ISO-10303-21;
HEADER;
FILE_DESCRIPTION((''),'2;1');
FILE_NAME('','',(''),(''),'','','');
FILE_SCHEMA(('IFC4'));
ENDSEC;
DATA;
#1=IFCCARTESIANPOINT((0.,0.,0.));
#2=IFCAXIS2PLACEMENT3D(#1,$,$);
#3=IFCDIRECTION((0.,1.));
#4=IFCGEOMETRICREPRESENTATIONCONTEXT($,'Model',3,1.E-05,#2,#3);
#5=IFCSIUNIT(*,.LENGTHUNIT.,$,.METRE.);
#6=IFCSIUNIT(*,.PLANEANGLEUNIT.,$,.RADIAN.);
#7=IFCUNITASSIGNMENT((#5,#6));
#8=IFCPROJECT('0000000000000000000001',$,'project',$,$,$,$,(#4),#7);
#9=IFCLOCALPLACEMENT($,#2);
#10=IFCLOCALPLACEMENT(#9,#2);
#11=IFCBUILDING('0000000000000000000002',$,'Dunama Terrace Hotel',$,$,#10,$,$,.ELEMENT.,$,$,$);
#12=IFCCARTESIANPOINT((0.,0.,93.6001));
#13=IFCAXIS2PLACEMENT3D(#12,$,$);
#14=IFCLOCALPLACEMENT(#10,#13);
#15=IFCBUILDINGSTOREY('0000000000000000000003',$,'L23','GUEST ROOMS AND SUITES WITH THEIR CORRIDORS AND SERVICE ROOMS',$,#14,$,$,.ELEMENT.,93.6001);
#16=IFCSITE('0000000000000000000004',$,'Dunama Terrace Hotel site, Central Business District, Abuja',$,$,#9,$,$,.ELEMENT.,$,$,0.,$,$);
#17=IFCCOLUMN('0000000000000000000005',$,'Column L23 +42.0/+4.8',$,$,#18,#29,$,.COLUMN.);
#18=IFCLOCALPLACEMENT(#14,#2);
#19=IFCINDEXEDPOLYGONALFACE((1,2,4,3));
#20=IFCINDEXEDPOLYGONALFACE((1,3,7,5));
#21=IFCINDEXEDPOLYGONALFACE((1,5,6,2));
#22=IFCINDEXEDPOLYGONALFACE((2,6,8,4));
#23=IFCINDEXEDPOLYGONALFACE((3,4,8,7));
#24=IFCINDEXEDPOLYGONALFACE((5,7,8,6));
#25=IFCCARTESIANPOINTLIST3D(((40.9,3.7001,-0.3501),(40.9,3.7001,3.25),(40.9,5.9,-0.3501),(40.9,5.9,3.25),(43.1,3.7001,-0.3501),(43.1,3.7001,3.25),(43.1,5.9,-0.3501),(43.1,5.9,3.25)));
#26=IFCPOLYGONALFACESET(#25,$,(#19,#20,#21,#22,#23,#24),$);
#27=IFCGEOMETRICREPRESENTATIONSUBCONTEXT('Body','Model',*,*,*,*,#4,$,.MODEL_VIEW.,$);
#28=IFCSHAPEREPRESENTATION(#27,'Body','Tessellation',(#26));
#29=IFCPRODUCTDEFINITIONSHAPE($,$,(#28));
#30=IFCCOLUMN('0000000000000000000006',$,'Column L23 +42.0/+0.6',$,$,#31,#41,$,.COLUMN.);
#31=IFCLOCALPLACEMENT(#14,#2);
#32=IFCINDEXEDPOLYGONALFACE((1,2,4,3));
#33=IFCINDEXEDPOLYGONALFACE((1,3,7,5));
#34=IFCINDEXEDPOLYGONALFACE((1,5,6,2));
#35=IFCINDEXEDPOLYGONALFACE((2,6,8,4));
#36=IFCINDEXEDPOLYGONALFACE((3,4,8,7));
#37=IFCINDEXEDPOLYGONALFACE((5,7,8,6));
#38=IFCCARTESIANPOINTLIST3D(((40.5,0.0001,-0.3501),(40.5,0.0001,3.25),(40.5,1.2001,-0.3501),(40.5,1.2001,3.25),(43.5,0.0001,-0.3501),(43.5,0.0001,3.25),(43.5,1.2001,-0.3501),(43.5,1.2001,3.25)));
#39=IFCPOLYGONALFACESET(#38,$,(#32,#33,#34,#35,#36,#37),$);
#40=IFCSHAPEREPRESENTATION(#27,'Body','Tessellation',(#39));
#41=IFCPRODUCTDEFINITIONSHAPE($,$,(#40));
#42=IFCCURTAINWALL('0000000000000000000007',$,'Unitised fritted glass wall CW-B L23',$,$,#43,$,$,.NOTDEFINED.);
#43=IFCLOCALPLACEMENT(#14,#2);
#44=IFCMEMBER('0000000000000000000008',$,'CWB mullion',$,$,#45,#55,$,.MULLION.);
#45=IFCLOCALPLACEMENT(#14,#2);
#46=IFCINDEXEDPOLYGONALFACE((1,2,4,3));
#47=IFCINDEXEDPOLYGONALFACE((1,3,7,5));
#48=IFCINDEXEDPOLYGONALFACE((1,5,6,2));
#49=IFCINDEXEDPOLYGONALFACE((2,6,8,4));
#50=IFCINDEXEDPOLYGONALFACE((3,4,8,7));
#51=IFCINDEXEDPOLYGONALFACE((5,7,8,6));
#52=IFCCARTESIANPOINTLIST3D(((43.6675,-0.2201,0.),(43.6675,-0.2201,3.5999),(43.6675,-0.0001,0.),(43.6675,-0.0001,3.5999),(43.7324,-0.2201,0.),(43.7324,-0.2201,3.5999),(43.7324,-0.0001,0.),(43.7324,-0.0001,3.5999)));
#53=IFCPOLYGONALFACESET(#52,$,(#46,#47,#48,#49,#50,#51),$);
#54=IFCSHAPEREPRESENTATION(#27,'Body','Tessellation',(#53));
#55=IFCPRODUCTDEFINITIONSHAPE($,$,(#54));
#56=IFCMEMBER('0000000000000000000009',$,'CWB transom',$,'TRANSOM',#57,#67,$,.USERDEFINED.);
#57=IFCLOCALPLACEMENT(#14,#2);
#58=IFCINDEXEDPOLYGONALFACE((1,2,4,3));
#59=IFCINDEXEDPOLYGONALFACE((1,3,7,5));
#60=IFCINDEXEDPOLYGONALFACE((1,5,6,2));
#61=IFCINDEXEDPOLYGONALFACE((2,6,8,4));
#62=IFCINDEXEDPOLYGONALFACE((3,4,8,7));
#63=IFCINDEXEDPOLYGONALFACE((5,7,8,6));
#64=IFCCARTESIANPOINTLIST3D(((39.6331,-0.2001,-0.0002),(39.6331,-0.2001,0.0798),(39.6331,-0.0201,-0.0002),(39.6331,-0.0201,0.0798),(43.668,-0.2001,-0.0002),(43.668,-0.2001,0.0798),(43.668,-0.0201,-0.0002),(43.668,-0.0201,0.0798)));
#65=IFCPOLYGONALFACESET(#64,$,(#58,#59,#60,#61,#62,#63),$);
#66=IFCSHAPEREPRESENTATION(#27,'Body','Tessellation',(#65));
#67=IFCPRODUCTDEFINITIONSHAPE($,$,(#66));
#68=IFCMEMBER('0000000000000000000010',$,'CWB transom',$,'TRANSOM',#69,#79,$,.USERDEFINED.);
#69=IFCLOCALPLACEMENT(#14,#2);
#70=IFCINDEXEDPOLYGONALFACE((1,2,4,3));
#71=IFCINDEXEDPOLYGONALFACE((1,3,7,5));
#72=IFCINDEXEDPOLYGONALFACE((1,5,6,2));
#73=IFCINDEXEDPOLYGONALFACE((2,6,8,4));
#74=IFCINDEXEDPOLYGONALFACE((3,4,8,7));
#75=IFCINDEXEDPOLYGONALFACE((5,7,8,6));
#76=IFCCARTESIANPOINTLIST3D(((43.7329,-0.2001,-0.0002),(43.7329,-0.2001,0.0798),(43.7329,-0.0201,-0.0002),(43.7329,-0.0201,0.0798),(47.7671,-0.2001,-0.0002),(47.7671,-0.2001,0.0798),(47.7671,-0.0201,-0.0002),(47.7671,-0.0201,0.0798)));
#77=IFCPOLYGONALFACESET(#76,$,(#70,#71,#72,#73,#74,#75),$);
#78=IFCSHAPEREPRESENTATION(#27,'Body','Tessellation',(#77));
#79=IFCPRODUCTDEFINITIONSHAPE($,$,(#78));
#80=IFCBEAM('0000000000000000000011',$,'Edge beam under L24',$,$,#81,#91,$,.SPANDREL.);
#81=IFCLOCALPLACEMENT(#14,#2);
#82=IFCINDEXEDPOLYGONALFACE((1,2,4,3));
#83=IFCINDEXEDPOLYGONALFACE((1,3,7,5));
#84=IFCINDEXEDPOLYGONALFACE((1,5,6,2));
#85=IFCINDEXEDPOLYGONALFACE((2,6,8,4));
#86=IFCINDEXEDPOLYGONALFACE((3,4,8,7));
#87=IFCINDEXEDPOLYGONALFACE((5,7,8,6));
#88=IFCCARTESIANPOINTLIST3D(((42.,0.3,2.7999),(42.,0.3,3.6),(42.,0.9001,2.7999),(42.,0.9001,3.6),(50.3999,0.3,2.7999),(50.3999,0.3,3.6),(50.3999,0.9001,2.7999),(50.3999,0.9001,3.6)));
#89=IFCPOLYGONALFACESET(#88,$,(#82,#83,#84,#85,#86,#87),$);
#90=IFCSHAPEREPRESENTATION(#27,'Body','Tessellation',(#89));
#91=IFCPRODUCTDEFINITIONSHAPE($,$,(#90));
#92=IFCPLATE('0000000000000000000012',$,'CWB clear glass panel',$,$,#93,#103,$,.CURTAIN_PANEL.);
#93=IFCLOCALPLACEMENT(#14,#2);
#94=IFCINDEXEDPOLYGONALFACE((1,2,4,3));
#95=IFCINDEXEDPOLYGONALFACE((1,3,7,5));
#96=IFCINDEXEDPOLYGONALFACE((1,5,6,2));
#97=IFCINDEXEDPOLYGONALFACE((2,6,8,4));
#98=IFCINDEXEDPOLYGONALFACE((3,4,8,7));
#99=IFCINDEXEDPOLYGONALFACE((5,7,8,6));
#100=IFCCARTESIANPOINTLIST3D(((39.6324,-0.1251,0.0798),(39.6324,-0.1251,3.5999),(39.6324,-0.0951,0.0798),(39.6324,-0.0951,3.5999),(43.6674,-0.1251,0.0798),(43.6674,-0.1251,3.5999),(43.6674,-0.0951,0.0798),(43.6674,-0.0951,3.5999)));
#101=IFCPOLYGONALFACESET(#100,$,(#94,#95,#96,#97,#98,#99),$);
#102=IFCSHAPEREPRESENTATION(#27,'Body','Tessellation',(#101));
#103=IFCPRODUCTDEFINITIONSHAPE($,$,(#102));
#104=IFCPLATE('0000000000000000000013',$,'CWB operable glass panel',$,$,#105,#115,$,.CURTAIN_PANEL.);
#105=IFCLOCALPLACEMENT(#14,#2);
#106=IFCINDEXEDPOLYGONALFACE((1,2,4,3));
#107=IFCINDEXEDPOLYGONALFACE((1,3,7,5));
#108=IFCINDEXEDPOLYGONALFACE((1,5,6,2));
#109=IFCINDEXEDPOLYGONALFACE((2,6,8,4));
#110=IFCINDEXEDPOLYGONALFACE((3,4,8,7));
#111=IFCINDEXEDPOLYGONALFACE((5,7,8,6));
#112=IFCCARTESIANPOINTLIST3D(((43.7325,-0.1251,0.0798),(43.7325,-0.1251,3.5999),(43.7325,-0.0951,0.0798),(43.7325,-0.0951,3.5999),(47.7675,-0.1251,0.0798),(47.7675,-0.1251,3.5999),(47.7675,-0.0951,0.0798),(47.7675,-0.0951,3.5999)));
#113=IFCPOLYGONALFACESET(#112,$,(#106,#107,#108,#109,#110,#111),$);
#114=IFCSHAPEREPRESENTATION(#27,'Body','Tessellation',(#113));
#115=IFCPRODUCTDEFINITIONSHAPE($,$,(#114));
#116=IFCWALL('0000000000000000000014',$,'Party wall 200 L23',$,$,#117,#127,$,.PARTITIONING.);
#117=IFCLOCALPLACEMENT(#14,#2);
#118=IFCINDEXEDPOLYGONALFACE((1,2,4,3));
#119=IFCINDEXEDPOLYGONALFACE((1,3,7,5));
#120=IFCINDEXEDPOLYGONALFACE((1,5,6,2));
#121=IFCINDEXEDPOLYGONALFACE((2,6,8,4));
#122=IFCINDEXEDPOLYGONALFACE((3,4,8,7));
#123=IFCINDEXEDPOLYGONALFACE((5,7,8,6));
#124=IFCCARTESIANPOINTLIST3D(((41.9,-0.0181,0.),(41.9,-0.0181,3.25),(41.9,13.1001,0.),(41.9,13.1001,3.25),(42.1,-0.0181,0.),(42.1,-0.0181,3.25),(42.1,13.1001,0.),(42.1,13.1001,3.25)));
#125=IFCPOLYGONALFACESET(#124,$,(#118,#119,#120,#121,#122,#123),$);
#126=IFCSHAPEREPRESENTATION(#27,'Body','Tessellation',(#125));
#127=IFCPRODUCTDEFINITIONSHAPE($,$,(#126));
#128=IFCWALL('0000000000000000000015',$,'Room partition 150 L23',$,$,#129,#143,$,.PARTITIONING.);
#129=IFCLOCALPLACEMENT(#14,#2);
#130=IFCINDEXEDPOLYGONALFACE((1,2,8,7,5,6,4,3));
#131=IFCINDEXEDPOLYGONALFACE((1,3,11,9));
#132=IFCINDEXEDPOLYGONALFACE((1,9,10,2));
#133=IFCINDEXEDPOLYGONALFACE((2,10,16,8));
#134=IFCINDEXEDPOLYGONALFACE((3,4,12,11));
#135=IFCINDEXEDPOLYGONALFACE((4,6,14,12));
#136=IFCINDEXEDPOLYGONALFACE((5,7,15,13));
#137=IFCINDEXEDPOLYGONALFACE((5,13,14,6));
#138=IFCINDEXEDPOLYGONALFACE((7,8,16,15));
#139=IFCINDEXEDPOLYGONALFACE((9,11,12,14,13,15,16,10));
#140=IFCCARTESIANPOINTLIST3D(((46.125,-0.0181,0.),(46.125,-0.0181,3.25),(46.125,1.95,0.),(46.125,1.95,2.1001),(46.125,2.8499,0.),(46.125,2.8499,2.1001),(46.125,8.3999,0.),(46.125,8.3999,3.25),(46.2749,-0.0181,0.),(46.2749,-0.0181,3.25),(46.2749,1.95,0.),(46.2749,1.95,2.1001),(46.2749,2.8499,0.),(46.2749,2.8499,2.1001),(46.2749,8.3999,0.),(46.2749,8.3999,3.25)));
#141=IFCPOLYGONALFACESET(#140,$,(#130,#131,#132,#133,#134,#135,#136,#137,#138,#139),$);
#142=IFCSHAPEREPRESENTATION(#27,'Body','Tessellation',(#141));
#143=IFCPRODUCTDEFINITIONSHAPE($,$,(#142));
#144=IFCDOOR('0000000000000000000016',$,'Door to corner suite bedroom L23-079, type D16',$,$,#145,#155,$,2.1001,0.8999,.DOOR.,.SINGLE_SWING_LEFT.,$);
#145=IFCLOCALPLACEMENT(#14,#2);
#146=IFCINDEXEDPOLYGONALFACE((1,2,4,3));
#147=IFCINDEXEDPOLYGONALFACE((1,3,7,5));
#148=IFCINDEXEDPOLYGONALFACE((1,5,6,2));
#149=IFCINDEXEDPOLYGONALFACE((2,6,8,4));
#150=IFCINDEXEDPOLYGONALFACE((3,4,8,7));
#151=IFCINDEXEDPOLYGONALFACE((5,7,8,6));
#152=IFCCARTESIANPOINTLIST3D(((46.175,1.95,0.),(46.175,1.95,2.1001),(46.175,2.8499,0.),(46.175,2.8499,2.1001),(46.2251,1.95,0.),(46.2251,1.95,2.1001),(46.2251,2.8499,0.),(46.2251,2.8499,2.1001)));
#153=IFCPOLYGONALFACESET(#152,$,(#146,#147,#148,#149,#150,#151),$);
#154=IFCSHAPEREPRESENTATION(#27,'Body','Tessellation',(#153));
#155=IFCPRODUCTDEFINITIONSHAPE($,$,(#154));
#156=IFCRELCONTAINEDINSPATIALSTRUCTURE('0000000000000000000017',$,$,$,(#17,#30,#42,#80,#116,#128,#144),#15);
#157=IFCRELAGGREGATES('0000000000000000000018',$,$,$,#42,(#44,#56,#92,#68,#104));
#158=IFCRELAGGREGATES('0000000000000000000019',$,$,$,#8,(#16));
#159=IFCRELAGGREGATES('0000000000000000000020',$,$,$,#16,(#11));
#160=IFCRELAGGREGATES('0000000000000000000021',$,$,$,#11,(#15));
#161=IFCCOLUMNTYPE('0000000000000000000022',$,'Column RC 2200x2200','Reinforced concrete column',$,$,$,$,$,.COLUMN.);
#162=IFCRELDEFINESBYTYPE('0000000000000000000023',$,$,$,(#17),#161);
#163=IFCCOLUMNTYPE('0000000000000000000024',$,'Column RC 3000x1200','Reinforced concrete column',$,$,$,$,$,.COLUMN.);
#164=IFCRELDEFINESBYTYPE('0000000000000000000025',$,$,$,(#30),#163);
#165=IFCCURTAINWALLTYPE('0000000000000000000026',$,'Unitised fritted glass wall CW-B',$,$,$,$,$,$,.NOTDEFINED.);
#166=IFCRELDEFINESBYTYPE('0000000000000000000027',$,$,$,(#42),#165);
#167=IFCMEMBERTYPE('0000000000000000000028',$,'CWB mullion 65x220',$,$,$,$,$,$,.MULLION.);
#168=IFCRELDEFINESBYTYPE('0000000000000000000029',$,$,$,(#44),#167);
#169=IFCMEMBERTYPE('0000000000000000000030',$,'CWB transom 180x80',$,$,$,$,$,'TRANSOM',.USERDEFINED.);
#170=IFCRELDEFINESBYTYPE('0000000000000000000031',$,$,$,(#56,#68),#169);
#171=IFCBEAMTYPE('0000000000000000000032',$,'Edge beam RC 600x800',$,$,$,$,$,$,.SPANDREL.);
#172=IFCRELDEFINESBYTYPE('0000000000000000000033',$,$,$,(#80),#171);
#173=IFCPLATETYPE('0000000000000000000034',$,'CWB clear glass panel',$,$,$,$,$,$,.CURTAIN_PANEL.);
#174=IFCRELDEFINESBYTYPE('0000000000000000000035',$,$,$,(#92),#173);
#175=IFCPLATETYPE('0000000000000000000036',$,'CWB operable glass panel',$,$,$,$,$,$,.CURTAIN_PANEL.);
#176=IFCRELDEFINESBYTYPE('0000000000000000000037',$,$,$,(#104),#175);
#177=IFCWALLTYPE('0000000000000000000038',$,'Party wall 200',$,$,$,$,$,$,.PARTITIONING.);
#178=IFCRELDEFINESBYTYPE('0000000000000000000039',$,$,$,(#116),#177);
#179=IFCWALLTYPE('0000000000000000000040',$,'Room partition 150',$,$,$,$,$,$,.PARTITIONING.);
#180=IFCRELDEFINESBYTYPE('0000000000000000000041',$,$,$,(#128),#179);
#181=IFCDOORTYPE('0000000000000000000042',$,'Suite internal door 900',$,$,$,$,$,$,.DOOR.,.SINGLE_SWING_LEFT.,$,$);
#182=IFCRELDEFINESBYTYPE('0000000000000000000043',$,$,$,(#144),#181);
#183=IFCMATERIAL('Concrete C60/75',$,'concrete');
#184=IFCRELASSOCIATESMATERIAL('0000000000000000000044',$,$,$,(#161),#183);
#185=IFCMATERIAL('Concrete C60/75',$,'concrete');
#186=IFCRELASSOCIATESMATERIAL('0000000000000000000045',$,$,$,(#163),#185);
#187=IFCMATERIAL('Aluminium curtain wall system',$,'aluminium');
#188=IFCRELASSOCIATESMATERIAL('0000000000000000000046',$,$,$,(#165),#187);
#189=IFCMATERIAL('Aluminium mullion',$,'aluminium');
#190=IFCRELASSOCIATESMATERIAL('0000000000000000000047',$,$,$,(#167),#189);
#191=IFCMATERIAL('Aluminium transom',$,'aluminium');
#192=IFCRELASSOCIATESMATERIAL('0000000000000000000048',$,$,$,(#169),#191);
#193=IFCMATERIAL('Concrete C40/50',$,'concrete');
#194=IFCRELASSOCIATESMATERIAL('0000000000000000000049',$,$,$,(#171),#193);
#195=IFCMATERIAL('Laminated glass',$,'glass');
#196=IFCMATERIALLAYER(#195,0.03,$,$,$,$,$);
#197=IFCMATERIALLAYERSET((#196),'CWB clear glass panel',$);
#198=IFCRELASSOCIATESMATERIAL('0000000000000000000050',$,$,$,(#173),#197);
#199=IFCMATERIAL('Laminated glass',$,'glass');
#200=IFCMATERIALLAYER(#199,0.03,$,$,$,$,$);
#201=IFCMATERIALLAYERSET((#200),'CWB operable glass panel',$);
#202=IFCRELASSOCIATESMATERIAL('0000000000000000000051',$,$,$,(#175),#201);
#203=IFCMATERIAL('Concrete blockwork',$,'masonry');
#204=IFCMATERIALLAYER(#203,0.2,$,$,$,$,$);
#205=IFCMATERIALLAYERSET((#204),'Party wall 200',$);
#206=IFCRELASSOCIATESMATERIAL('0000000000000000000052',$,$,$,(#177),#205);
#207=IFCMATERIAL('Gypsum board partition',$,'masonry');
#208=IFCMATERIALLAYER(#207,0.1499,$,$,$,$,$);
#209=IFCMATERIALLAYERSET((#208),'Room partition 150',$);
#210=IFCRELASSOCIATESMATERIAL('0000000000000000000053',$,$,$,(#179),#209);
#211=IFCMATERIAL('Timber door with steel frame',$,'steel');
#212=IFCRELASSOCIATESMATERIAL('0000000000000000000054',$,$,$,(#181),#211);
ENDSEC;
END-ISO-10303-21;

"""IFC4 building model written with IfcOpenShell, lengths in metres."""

from ifc_helpers import new_model, si_unit, direction, frame, frame_2d, origin, origin_2d, place, context, subcontext, project, spatial, rectangle, extrude, material, layer, layer_set, material_profile, profile_set, type_object, element, fill, aggregate, save


model = new_model("IFC4")

# Units and contexts
model_context = context("Model", 3, precision=1e-05, world=origin(), true_north=direction((0.0, 1.0)))
body_context = subcontext(model_context, "Body", "Model", "MODEL_VIEW")
ifc_project = project(units=[si_unit("LENGTHUNIT", "METRE"), si_unit("PLANEANGLEUNIT", "RADIAN")], contexts=[model_context])

# Site, building, storey
site_placement = place(None, origin())
site = spatial("IfcSite", under=ifc_project, at=site_placement, Name="Dunama Terrace Hotel site, Central Business District, Abuja", CompositionType="ELEMENT", RefElevation=0.0)
building_placement = place(site_placement, origin())
building = spatial("IfcBuilding", under=site, at=building_placement, Name="Dunama Terrace Hotel", CompositionType="ELEMENT")
storey_placement = place(building_placement, frame((0.0, 0.0, 93.6001)))
storey = spatial("IfcBuildingStorey", under=building, at=storey_placement, Name="L23", Description="GUEST ROOMS AND SUITES WITH THEIR CORRIDORS AND SERVICE ROOMS", CompositionType="ELEMENT", Elevation=93.6001)

# Columns
ifc_material_1 = material(Name="Concrete C60/75", Category="concrete")
ifc_material_profile_1 = material_profile(ifc_material_1, rectangle(XDim=2.2, YDim=2.2, at=origin_2d()), Name="RC 2200x2200")
ifc_profile_set_1 = profile_set([ifc_material_profile_1], Name="Concrete C60/75")
column_type_1 = type_object("IfcColumnType", Name="Column RC 2200x2200", Description="Reinforced concrete column", PredefinedType="COLUMN", material=ifc_profile_set_1)
column_1_placement = place(storey_placement, frame((42.0, 4.8, -0.3501), z_axis=(0.0, 0.0, 1.0), x_axis=(1.0, 0.0, 0.0)))
element("IfcColumn", 1, at=column_1_placement, inside=storey, type_object=column_type_1, Name="Column L23 +42.0/+4.8", PredefinedType="COLUMN", context=body_context, shape_type="SweptSolid", body=[
    extrude(rectangle(XDim=2.2, YDim=2.2, at=origin_2d()), origin(), (0.0, 0.0, 1.0), 3.6001),
])
ifc_material_2 = material(Name="Concrete C60/75", Category="concrete")
ifc_material_profile_2 = material_profile(ifc_material_2, rectangle(XDim=3.0, YDim=1.2, at=origin_2d()), Name="RC 3000x1200")
ifc_profile_set_2 = profile_set([ifc_material_profile_2], Name="Concrete C60/75")
column_type_2 = type_object("IfcColumnType", Name="Column RC 3000x1200", Description="Reinforced concrete column", PredefinedType="COLUMN", material=ifc_profile_set_2)
column_2_placement = place(storey_placement, frame((42.0, 0.6001, -0.3501), z_axis=(0.0, 0.0, 1.0), x_axis=(1.0, 0.0, 0.0)))
element("IfcColumn", 2, at=column_2_placement, inside=storey, type_object=column_type_2, Name="Column L23 +42.0/+0.6", PredefinedType="COLUMN", context=body_context, shape_type="SweptSolid", body=[
    extrude(rectangle(XDim=3.0, YDim=1.2, at=origin_2d()), origin(), (0.0, 0.0, 1.0), 3.6001),
])

# Curtain wall, members
ifc_material_3 = material(Name="Aluminium curtain wall system", Category="aluminium")
curtain_wall_type = type_object("IfcCurtainWallType", Name="Unitised fritted glass wall CW-B", PredefinedType="NOTDEFINED", material=ifc_material_3)
curtain_wall_placement = place(storey_placement, origin())
curtain_wall = element("IfcCurtainWall", 3, at=curtain_wall_placement, inside=storey, type_object=curtain_wall_type, Name="Unitised fritted glass wall CW-B L23", PredefinedType="NOTDEFINED")
ifc_material_4 = material(Name="Aluminium mullion", Category="aluminium")
ifc_material_profile_3 = material_profile(ifc_material_4, rectangle(XDim=0.0649, YDim=0.22, at=origin_2d()), Name="CWB MULLION 65X220")
ifc_profile_set_3 = profile_set([ifc_material_profile_3], Name="Aluminium mullion")
member_type_1 = type_object("IfcMemberType", Name="CWB mullion 65x220", PredefinedType="MULLION", material=ifc_profile_set_3)
member_1_placement = place(storey_placement, frame((43.7, -0.1101, 0.0), z_axis=(0.0, 0.0, 1.0), x_axis=(1.0, 0.0, 0.0)))
member_1 = element("IfcMember", 4, at=member_1_placement, type_object=member_type_1, Name="CWB mullion", PredefinedType="MULLION", context=body_context, shape_type="SweptSolid", body=[
    extrude(rectangle(XDim=0.0649, YDim=0.22, at=origin_2d()), origin(), (0.0, 0.0, 1.0), 3.5999),
])
ifc_material_5 = material(Name="Aluminium transom", Category="aluminium")
ifc_material_profile_4 = material_profile(ifc_material_5, rectangle(XDim=0.1799, YDim=0.0801, at=origin_2d()), Name="CWB TRANSOM 180X80")
ifc_profile_set_4 = profile_set([ifc_material_profile_4], Name="Aluminium transom")
member_type_2 = type_object("IfcMemberType", Name="CWB transom 180x80", ElementType="TRANSOM", PredefinedType="USERDEFINED", material=ifc_profile_set_4)
member_2_placement = place(storey_placement, frame((39.6331, -0.1101, 0.0398), z_axis=(1.0, 0.0, 0.0), x_axis=(0.0, 1.0, 0.0)))
member_2 = element("IfcMember", 5, at=member_2_placement, type_object=member_type_2, Name="CWB transom", ObjectType="TRANSOM", PredefinedType="USERDEFINED", context=body_context, shape_type="SweptSolid", body=[
    extrude(rectangle(XDim=0.1799, YDim=0.0801, at=origin_2d()), origin(), (0.0, 0.0, 1.0), 4.0349),
])
member_3_placement = place(storey_placement, frame((43.7329, -0.1101, 0.0398), z_axis=(1.0, 0.0, 0.0), x_axis=(0.0, 1.0, 0.0)))
member_3 = element("IfcMember", 6, at=member_3_placement, type_object=member_type_2, Name="CWB transom", ObjectType="TRANSOM", PredefinedType="USERDEFINED", context=body_context, shape_type="SweptSolid", body=[
    extrude(rectangle(XDim=0.1799, YDim=0.0801, at=origin_2d()), origin(), (0.0, 0.0, 1.0), 4.0342),
])

# Beam
ifc_material_6 = material(Name="Concrete C40/50", Category="concrete")
ifc_material_profile_5 = material_profile(ifc_material_6, rectangle(XDim=0.6001, YDim=0.8, at=origin_2d()), Name="RC 600x800")
ifc_profile_set_5 = profile_set([ifc_material_profile_5], Name="Concrete C40/50")
beam_type = type_object("IfcBeamType", Name="Edge beam RC 600x800", PredefinedType="SPANDREL", material=ifc_profile_set_5)
beam_placement = place(storey_placement, frame((42.0, 0.6001, 3.2), z_axis=(1.0, 0.0, 0.0), x_axis=(0.0, 1.0, 0.0)))
element("IfcBeam", 7, at=beam_placement, inside=storey, type_object=beam_type, Name="Edge beam under L24", PredefinedType="SPANDREL", context=body_context, shape_type="SweptSolid", body=[
    extrude(rectangle(XDim=0.6001, YDim=0.8, at=origin_2d()), origin(), (0.0, 0.0, 1.0), 8.3999),
])

# Plates
ifc_material_7 = material(Name="Laminated glass", Category="glass")
ifc_layer_1 = layer(ifc_material_7, 0.03)
ifc_layer_set_1 = layer_set([ifc_layer_1], Name="CWB clear glass panel")
plate_type_1 = type_object("IfcPlateType", Name="CWB clear glass panel", PredefinedType="CURTAIN_PANEL", material=ifc_layer_set_1)
plate_1_placement = place(storey_placement, frame((41.6499, -0.1101, 0.0798), z_axis=(0.0, 0.0, 1.0), x_axis=(1.0, 0.0, 0.0)))
plate_1 = element("IfcPlate", 8, at=plate_1_placement, type_object=plate_type_1, Name="CWB clear glass panel", PredefinedType="CURTAIN_PANEL", context=body_context, shape_type="SweptSolid", body=[
    extrude(rectangle(XDim=4.0349, YDim=0.03, at=origin_2d()), origin(), (0.0, 0.0, 1.0), 3.52),
])
ifc_material_8 = material(Name="Laminated glass", Category="glass")
ifc_layer_2 = layer(ifc_material_8, 0.03)
ifc_layer_set_2 = layer_set([ifc_layer_2], Name="CWB operable glass panel")
plate_type_2 = type_object("IfcPlateType", Name="CWB operable glass panel", PredefinedType="CURTAIN_PANEL", material=ifc_layer_set_2)
plate_2_placement = place(storey_placement, frame((45.75, -0.1101, 0.0798), z_axis=(0.0, 0.0, 1.0), x_axis=(1.0, 0.0, 0.0)))
plate_2 = element("IfcPlate", 9, at=plate_2_placement, type_object=plate_type_2, Name="CWB operable glass panel", PredefinedType="CURTAIN_PANEL", context=body_context, shape_type="SweptSolid", body=[
    extrude(rectangle(XDim=4.0349, YDim=0.03, at=origin_2d()), origin(), (0.0, 0.0, 1.0), 3.52),
])
aggregate(curtain_wall, [member_1, member_2, plate_1, member_3, plate_2])

# Wall
ifc_material_9 = material(Name="Concrete blockwork", Category="masonry")
ifc_layer_3 = layer(ifc_material_9, 0.2)
ifc_layer_set_3 = layer_set([ifc_layer_3], Name="Party wall 200")
wall_type_1 = type_object("IfcWallType", Name="Party wall 200", PredefinedType="PARTITIONING", material=ifc_layer_set_3)
wall_1_placement = place(storey_placement, frame((42.0, -0.0181, 0.0), z_axis=(0.0, 0.0, 1.0), x_axis=(0.0, 1.0, 0.0)))
element("IfcWall", 10, at=wall_1_placement, inside=storey, type_object=wall_type_1, Name="Party wall 200 L23", PredefinedType="PARTITIONING", context=body_context, shape_type="SweptSolid", body=[
    extrude(rectangle(XDim=13.1182, YDim=0.2, at=frame_2d((6.5591, 0.0))), origin(), (0.0, 0.0, 1.0), 3.25),
])

# Wall, opening, door
ifc_material_10 = material(Name="Gypsum board partition", Category="masonry")
ifc_layer_4 = layer(ifc_material_10, 0.1499)
ifc_layer_set_4 = layer_set([ifc_layer_4], Name="Room partition 150")
wall_type_2 = type_object("IfcWallType", Name="Room partition 150", PredefinedType="PARTITIONING", material=ifc_layer_set_4)
wall_2_placement = place(storey_placement, frame((46.2, -0.0181, 0.0), z_axis=(0.0, 0.0, 1.0), x_axis=(0.0, 1.0, 0.0)))
wall_2 = element("IfcWall", 11, at=wall_2_placement, inside=storey, type_object=wall_type_2, Name="Room partition 150 L23", PredefinedType="PARTITIONING", context=body_context, shape_type="SweptSolid", body=[
    extrude(rectangle(XDim=8.418, YDim=0.1499, at=frame_2d((4.209, 0.0))), origin(), (0.0, 0.0, 1.0), 3.25),
])
opening_placement = place(wall_2_placement, frame((1.968, 0.0, 0.0)))
opening = element("IfcOpeningElement", 12, at=opening_placement, cuts=wall_2, PredefinedType="OPENING", context=body_context, shape_type="SweptSolid", body=[
    extrude(rectangle(XDim=0.8999, YDim=2.1001, at=frame_2d((0.45, 1.05))), frame((0.0, 0.085, 0.0), z_axis=(0.0, -1.0, 0.0), x_axis=(1.0, 0.0, 0.0)), (0.0, 0.0, 1.0), 0.1699),
])
ifc_material_11 = material(Name="Timber door with steel frame", Category="steel")
door_type = type_object("IfcDoorType", Name="Suite internal door 900", OperationType="SINGLE_SWING_LEFT", PredefinedType="DOOR", material=ifc_material_11)
door_placement = place(opening_placement, frame((0.8999, 0.0, 0.0), z_axis=(0.0, 0.0, 1.0), x_axis=(-1.0, 0.0, 0.0)))
door = element("IfcDoor", 13, at=door_placement, inside=storey, type_object=door_type, Name="Door to corner suite bedroom L23-079, type D16", OperationType="SINGLE_SWING_LEFT", OverallHeight=2.1001, OverallWidth=0.8999, PredefinedType="DOOR", context=body_context, shape_type="SweptSolid", body=[
    extrude(rectangle(XDim=0.8999, YDim=2.1001, at=frame_2d((0.45, 1.05))), frame((0.0, 0.0251, 0.0), z_axis=(0.0, -1.0, 0.0), x_axis=(1.0, 0.0, 0.0)), (0.0, 0.0, 1.0), 0.05),
])
fill(opening, door)

save(model, "model.ifc")
